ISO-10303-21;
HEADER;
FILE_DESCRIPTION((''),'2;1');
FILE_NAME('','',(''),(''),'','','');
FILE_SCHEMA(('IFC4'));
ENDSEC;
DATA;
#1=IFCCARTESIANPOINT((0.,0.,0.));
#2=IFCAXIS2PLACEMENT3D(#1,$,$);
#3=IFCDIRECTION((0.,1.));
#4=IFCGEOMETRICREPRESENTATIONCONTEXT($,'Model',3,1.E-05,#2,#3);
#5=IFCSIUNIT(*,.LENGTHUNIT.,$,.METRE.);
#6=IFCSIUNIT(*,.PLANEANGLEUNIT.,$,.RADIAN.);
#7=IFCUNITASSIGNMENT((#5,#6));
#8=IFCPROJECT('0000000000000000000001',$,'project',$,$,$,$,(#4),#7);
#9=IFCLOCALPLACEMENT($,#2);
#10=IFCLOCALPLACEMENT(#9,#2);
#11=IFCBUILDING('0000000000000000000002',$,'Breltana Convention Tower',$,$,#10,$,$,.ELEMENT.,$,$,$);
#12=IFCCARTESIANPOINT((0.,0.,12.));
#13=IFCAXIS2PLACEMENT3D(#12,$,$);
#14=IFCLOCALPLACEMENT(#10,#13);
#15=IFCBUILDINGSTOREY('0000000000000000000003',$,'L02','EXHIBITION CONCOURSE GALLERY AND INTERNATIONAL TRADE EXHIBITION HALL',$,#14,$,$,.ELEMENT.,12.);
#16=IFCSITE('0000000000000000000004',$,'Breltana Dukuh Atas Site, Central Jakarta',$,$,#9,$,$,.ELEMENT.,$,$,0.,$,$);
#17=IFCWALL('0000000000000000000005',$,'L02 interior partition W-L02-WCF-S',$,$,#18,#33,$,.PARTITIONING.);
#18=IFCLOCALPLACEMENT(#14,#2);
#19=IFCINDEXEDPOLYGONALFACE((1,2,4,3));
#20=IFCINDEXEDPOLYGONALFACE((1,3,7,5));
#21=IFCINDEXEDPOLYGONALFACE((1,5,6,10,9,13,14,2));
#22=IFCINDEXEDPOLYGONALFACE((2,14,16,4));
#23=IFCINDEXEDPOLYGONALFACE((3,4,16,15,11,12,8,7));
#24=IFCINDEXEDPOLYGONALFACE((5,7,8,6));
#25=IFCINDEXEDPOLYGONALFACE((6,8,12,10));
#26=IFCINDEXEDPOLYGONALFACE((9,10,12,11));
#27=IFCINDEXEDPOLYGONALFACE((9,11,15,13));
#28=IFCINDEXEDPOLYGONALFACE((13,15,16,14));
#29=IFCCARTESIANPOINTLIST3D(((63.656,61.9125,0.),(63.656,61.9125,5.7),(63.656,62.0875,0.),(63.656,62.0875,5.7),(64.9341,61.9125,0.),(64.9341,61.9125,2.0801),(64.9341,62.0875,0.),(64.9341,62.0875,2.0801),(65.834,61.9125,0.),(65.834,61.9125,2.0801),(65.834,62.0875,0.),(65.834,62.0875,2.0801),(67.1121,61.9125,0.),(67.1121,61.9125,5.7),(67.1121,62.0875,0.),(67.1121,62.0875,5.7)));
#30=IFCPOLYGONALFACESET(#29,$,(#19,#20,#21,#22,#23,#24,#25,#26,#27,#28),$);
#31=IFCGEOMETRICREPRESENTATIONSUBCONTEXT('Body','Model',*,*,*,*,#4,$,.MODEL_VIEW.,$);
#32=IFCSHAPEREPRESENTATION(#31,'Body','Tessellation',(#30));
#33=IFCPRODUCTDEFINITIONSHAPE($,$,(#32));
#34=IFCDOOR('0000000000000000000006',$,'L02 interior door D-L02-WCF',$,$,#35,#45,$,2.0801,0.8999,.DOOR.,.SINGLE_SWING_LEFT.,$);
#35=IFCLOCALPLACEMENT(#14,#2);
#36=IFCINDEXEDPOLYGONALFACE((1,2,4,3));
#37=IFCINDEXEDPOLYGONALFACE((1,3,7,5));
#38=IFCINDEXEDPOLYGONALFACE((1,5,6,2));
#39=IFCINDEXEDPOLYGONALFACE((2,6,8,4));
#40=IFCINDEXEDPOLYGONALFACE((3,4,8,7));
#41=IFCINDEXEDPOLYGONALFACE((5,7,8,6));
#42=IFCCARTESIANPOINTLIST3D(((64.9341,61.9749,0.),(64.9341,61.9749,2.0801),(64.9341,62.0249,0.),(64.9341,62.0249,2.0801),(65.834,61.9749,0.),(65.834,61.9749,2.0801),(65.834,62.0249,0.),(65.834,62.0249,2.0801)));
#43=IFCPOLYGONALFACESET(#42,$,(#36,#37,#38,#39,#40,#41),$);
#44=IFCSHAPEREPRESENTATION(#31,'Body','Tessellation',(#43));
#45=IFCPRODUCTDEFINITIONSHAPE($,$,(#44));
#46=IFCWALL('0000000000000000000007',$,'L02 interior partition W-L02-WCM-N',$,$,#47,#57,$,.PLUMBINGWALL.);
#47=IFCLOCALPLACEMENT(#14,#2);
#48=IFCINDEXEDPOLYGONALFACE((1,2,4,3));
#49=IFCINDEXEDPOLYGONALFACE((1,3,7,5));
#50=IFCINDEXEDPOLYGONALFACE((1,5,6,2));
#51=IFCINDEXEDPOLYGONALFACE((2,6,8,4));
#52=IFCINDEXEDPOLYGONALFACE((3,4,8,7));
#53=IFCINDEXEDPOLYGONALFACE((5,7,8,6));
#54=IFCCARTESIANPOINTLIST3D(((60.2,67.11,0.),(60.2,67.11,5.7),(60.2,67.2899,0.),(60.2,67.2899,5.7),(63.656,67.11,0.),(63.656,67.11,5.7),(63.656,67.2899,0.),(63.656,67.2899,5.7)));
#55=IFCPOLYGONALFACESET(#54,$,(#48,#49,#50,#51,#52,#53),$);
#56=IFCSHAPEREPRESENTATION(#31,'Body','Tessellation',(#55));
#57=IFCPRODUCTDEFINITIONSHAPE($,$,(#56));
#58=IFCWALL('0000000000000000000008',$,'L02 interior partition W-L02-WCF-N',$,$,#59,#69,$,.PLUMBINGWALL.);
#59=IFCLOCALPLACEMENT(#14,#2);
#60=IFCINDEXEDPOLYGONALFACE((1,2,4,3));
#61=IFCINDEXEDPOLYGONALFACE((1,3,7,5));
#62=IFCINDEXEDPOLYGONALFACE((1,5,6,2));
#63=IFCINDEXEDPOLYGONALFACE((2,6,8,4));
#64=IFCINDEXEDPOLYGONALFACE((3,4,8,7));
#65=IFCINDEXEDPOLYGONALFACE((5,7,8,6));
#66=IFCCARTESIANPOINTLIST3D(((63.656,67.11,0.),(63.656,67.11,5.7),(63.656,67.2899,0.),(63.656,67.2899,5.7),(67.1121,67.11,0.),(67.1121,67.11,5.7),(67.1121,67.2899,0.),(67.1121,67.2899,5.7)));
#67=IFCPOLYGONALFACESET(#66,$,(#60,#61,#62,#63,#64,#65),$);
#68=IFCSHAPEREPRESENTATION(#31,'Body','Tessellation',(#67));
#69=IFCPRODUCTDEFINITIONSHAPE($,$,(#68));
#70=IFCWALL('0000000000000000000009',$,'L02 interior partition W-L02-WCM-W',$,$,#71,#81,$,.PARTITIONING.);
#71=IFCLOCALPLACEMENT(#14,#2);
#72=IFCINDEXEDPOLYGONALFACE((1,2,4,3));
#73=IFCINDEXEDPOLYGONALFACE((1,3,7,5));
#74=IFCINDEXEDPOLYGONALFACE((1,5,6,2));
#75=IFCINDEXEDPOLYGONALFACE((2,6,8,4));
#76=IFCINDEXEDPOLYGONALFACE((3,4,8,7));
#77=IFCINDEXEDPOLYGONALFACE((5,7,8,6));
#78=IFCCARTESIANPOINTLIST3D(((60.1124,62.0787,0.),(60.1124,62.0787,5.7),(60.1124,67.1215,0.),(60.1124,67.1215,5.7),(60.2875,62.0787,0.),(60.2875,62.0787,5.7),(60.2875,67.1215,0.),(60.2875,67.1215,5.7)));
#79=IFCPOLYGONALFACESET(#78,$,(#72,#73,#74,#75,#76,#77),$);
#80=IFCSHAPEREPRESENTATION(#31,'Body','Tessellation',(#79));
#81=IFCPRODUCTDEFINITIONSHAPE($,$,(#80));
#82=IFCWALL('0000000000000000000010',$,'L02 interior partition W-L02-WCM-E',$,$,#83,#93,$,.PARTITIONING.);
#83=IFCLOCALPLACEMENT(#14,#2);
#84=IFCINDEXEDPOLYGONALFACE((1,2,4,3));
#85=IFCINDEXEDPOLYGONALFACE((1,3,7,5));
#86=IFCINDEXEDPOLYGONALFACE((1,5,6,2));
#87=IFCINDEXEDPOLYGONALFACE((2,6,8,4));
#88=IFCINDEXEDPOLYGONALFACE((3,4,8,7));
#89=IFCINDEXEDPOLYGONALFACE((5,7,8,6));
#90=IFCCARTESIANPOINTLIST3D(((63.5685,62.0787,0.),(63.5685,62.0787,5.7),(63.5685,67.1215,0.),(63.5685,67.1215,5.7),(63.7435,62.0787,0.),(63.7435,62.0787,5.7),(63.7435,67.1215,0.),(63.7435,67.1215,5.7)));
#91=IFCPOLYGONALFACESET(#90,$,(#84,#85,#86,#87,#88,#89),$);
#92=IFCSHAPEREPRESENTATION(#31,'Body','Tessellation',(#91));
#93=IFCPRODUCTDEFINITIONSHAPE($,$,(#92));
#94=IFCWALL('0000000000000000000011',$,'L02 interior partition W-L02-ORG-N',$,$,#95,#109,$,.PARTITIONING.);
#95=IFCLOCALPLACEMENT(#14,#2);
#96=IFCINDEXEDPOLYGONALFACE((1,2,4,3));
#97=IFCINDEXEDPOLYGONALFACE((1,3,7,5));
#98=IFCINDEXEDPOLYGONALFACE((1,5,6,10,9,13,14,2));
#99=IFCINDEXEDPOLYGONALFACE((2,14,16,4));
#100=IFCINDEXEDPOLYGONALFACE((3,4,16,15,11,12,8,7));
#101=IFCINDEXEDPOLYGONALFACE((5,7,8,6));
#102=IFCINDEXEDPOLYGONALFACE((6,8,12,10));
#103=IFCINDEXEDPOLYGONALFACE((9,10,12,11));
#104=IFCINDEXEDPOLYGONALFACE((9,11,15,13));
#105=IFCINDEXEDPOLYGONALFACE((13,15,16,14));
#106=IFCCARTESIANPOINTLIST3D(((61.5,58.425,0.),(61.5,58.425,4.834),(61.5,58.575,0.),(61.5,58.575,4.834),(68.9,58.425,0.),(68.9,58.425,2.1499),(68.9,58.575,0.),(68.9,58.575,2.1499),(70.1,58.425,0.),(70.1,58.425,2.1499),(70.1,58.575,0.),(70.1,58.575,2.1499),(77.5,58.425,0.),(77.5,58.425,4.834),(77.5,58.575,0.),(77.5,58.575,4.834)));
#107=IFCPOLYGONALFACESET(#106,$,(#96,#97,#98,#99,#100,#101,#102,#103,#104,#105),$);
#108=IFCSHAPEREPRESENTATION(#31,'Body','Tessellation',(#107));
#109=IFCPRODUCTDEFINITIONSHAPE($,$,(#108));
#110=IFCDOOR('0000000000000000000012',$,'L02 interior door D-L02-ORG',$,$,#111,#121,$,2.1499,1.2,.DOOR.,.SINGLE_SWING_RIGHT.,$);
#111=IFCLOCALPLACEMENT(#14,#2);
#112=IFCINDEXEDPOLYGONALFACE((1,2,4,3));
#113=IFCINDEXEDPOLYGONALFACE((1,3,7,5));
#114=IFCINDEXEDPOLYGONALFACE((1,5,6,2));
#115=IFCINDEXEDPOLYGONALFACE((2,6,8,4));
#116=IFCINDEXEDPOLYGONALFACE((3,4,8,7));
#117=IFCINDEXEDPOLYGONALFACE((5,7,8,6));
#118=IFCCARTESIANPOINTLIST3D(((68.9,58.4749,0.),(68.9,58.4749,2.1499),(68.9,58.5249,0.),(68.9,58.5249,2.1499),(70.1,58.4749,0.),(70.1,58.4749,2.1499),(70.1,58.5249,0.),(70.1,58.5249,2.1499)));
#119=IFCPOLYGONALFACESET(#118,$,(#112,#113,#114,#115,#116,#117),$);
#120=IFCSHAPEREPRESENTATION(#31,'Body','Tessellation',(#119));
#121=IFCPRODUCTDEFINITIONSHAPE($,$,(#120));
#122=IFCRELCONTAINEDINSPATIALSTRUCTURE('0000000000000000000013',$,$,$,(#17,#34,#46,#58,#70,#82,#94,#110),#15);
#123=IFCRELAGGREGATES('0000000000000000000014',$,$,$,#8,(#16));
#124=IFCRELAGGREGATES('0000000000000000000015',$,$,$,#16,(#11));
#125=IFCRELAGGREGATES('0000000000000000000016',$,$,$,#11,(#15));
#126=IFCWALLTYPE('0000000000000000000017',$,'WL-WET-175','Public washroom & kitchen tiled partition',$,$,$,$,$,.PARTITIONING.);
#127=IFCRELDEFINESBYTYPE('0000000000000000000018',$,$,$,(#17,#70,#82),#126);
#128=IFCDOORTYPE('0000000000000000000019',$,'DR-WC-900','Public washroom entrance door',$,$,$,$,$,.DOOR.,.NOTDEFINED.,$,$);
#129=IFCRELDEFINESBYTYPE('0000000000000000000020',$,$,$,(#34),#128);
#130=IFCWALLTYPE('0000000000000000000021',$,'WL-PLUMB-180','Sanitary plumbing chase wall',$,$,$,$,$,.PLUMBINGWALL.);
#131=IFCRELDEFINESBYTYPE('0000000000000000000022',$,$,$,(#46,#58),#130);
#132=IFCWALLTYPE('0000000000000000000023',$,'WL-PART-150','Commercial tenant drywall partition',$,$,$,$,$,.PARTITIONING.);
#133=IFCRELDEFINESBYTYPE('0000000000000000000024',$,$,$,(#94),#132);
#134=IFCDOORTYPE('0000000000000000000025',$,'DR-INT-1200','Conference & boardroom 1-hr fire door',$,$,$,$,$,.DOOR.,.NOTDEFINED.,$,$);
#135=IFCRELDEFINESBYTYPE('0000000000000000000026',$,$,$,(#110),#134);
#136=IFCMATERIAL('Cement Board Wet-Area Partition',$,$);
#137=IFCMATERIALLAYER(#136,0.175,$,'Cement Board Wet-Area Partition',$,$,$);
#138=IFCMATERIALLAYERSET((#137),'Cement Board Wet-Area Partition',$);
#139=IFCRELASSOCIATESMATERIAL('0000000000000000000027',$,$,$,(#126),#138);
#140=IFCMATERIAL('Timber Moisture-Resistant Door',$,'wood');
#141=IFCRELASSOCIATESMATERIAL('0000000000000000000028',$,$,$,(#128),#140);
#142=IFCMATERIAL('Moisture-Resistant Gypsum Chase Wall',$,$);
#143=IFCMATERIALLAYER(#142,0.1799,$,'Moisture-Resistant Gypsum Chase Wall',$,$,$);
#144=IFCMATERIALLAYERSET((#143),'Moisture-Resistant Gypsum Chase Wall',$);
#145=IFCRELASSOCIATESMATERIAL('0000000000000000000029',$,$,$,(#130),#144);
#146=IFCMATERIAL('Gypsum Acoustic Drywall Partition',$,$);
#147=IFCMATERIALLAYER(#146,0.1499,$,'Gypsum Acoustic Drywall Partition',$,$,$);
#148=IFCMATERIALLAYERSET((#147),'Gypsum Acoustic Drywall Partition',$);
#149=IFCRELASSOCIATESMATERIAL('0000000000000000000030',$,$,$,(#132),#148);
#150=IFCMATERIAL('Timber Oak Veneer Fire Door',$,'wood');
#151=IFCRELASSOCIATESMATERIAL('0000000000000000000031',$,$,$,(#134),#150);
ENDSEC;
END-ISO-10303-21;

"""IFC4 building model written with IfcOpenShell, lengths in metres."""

from ifc_helpers import new_model, si_unit, direction, frame, frame_2d, origin, place, context, subcontext, project, spatial, rectangle, extrude, source, transform, mapped, material, layer, layer_set, type_object, type_shapes, element, fill, save


model = new_model("IFC4")

# Units and contexts
model_context = context("Model", 3, precision=1e-05, world=origin(), true_north=direction((0.0, 1.0)))
body_context = subcontext(model_context, "Body", "Model", "MODEL_VIEW")
ifc_project = project(units=[si_unit("LENGTHUNIT", "METRE"), si_unit("PLANEANGLEUNIT", "RADIAN")], contexts=[model_context])

# Site, building, storey
site_placement = place(None, origin())
site = spatial("IfcSite", under=ifc_project, at=site_placement, Name="Breltana Dukuh Atas Site, Central Jakarta", CompositionType="ELEMENT", RefElevation=0.0)
building_placement = place(site_placement, origin())
building = spatial("IfcBuilding", under=site, at=building_placement, Name="Breltana Convention Tower", CompositionType="ELEMENT")
storey_placement = place(building_placement, frame((0.0, 0.0, 12.0)))
storey = spatial("IfcBuildingStorey", under=building, at=storey_placement, Name="L02", Description="EXHIBITION CONCOURSE GALLERY AND INTERNATIONAL TRADE EXHIBITION HALL", CompositionType="ELEMENT", Elevation=12.0)

# Wall, opening, door
ifc_material_1 = material(Name="Cement Board Wet-Area Partition")
ifc_layer_1 = layer(ifc_material_1, 0.175, Name="Cement Board Wet-Area Partition")
ifc_layer_set_1 = layer_set([ifc_layer_1], Name="Cement Board Wet-Area Partition")
wall_type_1 = type_object("IfcWallType", Name="WL-WET-175", Description="Public washroom & kitchen tiled partition", PredefinedType="PARTITIONING", material=ifc_layer_set_1)
shared_shape_1 = source(origin(), body_context, "Body", "SweptSolid", [
    extrude(rectangle(XDim=3.4561, YDim=0.175, at=frame_2d((1.728, 0.0))), origin(), (0.0, 0.0, 1.0), 5.7),
])
ifc_material_2 = material(Name="Timber Moisture-Resistant Door", Category="wood")
door_type_1 = type_object("IfcDoorType", Name="DR-WC-900", Description="Public washroom entrance door", OperationType="NOTDEFINED", PredefinedType="DOOR", material=ifc_material_2)
shared_shape_2 = source(origin(), body_context, "Body", "SweptSolid", [
    extrude(rectangle(XDim=0.8999, YDim=2.0801, at=frame_2d((0.45, 1.04))), frame((0.0, 0.0249, 0.0), z_axis=(0.0, -1.0, 0.0), x_axis=(1.0, 0.0, 0.0)), (0.0, 0.0, 1.0), 0.05),
])
type_shapes(door_type_1, [shared_shape_2])
wall_1_placement = place(storey_placement, frame((63.656, 62.0, 0.0), z_axis=(0.0, 0.0, 1.0), x_axis=(1.0, 0.0, 0.0)))
wall_1 = element("IfcWall", 1, at=wall_1_placement, inside=storey, type_object=wall_type_1, Name="L02 interior partition W-L02-WCF-S", PredefinedType="PARTITIONING", context=body_context, shape_type="MappedRepresentation", body=[
    mapped(shared_shape_1, transform((0.0, 0.0, 0.0), scale=1.0)),
])
opening_1_placement = place(wall_1_placement, frame((1.2781, 0.0, 0.0)))
opening_1 = element("IfcOpeningElement", 2, at=opening_1_placement, cuts=wall_1, PredefinedType="OPENING", context=body_context, shape_type="SweptSolid", body=[
    extrude(rectangle(XDim=0.8999, YDim=2.0801, at=frame_2d((0.45, 1.04))), frame((0.0, 0.0977, 0.0), z_axis=(0.0, -1.0, 0.0), x_axis=(1.0, 0.0, 0.0)), (0.0, 0.0, 1.0), 0.1951),
])
door_1_placement = place(opening_1_placement, origin())
door_1 = element("IfcDoor", 3, at=door_1_placement, inside=storey, type_object=door_type_1, Name="L02 interior door D-L02-WCF", OperationType="SINGLE_SWING_LEFT", OverallHeight=2.0801, OverallWidth=0.8999, PredefinedType="DOOR", context=body_context, shape_type="MappedRepresentation", body=[
    mapped(shared_shape_2, transform((0.0, 0.0, 0.0), scale=1.0)),
])
fill(opening_1, door_1)

# Walls
ifc_material_3 = material(Name="Moisture-Resistant Gypsum Chase Wall")
ifc_layer_2 = layer(ifc_material_3, 0.1799, Name="Moisture-Resistant Gypsum Chase Wall")
ifc_layer_set_2 = layer_set([ifc_layer_2], Name="Moisture-Resistant Gypsum Chase Wall")
wall_type_2 = type_object("IfcWallType", Name="WL-PLUMB-180", Description="Sanitary plumbing chase wall", PredefinedType="PLUMBINGWALL", material=ifc_layer_set_2)
shared_shape_3 = source(origin(), body_context, "Body", "SweptSolid", [
    extrude(rectangle(XDim=3.4561, YDim=0.1799, at=frame_2d((1.728, 0.0))), origin(), (0.0, 0.0, 1.0), 5.7),
])
for number, where, z_axis, x_axis, name in (
    (4, (60.2, 67.2, 0.0), (0.0, 0.0, 1.0), (1.0, 0.0, 0.0), "L02 interior partition W-L02-WCM-N"),
    (5, (63.656, 67.2, 0.0), (0.0, 0.0, 1.0), (1.0, 0.0, 0.0), "L02 interior partition W-L02-WCF-N"),
):
    element("IfcWall", number, at=place(storey_placement, frame(where, z_axis=z_axis, x_axis=x_axis)), inside=storey, type_object=wall_type_2, Name=name, PredefinedType="PLUMBINGWALL", context=body_context, shape_type="MappedRepresentation", body=[
        mapped(shared_shape_3, transform((0.0, 0.0, 0.0), scale=1.0)),
    ])
shared_shape_4 = source(origin(), body_context, "Body", "SweptSolid", [
    extrude(rectangle(XDim=5.0427, YDim=0.175, at=frame_2d((2.5215, 0.0))), origin(), (0.0, 0.0, 1.0), 5.7),
])
for number, where, z_axis, x_axis, name in (
    (6, (60.2, 62.0786, 0.0), (0.0, 0.0, 1.0), (0.0, 1.0, 0.0), "L02 interior partition W-L02-WCM-W"),
    (7, (63.656, 62.0786, 0.0), (0.0, 0.0, 1.0), (0.0, 1.0, 0.0), "L02 interior partition W-L02-WCM-E"),
):
    element("IfcWall", number, at=place(storey_placement, frame(where, z_axis=z_axis, x_axis=x_axis)), inside=storey, type_object=wall_type_1, Name=name, PredefinedType="PARTITIONING", context=body_context, shape_type="MappedRepresentation", body=[
        mapped(shared_shape_4, transform((0.0, 0.0, 0.0), scale=1.0)),
    ])

# Wall, opening, door
ifc_material_4 = material(Name="Gypsum Acoustic Drywall Partition")
ifc_layer_3 = layer(ifc_material_4, 0.1499, Name="Gypsum Acoustic Drywall Partition")
ifc_layer_set_3 = layer_set([ifc_layer_3], Name="Gypsum Acoustic Drywall Partition")
wall_type_3 = type_object("IfcWallType", Name="WL-PART-150", Description="Commercial tenant drywall partition", PredefinedType="PARTITIONING", material=ifc_layer_set_3)
shared_shape_5 = source(origin(), body_context, "Body", "SweptSolid", [
    extrude(rectangle(XDim=16.0, YDim=0.1499, at=frame_2d((8.0, 0.0))), origin(), (0.0, 0.0, 1.0), 4.834),
])
wall_2_placement = place(storey_placement, frame((61.5, 58.5, 0.0), z_axis=(0.0, 0.0, 1.0), x_axis=(1.0, 0.0, 0.0)))
wall_2 = element("IfcWall", 8, at=wall_2_placement, inside=storey, type_object=wall_type_3, Name="L02 interior partition W-L02-ORG-N", PredefinedType="PARTITIONING", context=body_context, shape_type="MappedRepresentation", body=[
    mapped(shared_shape_5, transform((0.0, 0.0, 0.0), scale=1.0)),
])
opening_2_placement = place(wall_2_placement, frame((7.3999, 0.0, 0.0)))
opening_2 = element("IfcOpeningElement", 9, at=opening_2_placement, cuts=wall_2, PredefinedType="OPENING", context=body_context, shape_type="SweptSolid", body=[
    extrude(rectangle(XDim=1.2, YDim=2.1499, at=frame_2d((0.6001, 1.075))), frame((0.0, 0.085, 0.0), z_axis=(0.0, -1.0, 0.0), x_axis=(1.0, 0.0, 0.0)), (0.0, 0.0, 1.0), 0.1699),
])
ifc_material_5 = material(Name="Timber Oak Veneer Fire Door", Category="wood")
door_type_2 = type_object("IfcDoorType", Name="DR-INT-1200", Description="Conference & boardroom 1-hr fire door", OperationType="NOTDEFINED", PredefinedType="DOOR", material=ifc_material_5)
shared_shape_6 = source(origin(), body_context, "Body", "SweptSolid", [
    extrude(rectangle(XDim=1.2, YDim=2.1499, at=frame_2d((0.6001, 1.075))), frame((0.0, 0.0249, 0.0), z_axis=(0.0, -1.0, 0.0), x_axis=(1.0, 0.0, 0.0)), (0.0, 0.0, 1.0), 0.05),
])
type_shapes(door_type_2, [shared_shape_6])
door_2_placement = place(opening_2_placement, origin())
door_2 = element("IfcDoor", 10, at=door_2_placement, inside=storey, type_object=door_type_2, Name="L02 interior door D-L02-ORG", OperationType="SINGLE_SWING_RIGHT", OverallHeight=2.1499, OverallWidth=1.2, PredefinedType="DOOR", context=body_context, shape_type="MappedRepresentation", body=[
    mapped(shared_shape_6, transform((0.0, 0.0, 0.0), scale=1.0)),
])
fill(opening_2, door_2)

save(model, "model.ifc")
